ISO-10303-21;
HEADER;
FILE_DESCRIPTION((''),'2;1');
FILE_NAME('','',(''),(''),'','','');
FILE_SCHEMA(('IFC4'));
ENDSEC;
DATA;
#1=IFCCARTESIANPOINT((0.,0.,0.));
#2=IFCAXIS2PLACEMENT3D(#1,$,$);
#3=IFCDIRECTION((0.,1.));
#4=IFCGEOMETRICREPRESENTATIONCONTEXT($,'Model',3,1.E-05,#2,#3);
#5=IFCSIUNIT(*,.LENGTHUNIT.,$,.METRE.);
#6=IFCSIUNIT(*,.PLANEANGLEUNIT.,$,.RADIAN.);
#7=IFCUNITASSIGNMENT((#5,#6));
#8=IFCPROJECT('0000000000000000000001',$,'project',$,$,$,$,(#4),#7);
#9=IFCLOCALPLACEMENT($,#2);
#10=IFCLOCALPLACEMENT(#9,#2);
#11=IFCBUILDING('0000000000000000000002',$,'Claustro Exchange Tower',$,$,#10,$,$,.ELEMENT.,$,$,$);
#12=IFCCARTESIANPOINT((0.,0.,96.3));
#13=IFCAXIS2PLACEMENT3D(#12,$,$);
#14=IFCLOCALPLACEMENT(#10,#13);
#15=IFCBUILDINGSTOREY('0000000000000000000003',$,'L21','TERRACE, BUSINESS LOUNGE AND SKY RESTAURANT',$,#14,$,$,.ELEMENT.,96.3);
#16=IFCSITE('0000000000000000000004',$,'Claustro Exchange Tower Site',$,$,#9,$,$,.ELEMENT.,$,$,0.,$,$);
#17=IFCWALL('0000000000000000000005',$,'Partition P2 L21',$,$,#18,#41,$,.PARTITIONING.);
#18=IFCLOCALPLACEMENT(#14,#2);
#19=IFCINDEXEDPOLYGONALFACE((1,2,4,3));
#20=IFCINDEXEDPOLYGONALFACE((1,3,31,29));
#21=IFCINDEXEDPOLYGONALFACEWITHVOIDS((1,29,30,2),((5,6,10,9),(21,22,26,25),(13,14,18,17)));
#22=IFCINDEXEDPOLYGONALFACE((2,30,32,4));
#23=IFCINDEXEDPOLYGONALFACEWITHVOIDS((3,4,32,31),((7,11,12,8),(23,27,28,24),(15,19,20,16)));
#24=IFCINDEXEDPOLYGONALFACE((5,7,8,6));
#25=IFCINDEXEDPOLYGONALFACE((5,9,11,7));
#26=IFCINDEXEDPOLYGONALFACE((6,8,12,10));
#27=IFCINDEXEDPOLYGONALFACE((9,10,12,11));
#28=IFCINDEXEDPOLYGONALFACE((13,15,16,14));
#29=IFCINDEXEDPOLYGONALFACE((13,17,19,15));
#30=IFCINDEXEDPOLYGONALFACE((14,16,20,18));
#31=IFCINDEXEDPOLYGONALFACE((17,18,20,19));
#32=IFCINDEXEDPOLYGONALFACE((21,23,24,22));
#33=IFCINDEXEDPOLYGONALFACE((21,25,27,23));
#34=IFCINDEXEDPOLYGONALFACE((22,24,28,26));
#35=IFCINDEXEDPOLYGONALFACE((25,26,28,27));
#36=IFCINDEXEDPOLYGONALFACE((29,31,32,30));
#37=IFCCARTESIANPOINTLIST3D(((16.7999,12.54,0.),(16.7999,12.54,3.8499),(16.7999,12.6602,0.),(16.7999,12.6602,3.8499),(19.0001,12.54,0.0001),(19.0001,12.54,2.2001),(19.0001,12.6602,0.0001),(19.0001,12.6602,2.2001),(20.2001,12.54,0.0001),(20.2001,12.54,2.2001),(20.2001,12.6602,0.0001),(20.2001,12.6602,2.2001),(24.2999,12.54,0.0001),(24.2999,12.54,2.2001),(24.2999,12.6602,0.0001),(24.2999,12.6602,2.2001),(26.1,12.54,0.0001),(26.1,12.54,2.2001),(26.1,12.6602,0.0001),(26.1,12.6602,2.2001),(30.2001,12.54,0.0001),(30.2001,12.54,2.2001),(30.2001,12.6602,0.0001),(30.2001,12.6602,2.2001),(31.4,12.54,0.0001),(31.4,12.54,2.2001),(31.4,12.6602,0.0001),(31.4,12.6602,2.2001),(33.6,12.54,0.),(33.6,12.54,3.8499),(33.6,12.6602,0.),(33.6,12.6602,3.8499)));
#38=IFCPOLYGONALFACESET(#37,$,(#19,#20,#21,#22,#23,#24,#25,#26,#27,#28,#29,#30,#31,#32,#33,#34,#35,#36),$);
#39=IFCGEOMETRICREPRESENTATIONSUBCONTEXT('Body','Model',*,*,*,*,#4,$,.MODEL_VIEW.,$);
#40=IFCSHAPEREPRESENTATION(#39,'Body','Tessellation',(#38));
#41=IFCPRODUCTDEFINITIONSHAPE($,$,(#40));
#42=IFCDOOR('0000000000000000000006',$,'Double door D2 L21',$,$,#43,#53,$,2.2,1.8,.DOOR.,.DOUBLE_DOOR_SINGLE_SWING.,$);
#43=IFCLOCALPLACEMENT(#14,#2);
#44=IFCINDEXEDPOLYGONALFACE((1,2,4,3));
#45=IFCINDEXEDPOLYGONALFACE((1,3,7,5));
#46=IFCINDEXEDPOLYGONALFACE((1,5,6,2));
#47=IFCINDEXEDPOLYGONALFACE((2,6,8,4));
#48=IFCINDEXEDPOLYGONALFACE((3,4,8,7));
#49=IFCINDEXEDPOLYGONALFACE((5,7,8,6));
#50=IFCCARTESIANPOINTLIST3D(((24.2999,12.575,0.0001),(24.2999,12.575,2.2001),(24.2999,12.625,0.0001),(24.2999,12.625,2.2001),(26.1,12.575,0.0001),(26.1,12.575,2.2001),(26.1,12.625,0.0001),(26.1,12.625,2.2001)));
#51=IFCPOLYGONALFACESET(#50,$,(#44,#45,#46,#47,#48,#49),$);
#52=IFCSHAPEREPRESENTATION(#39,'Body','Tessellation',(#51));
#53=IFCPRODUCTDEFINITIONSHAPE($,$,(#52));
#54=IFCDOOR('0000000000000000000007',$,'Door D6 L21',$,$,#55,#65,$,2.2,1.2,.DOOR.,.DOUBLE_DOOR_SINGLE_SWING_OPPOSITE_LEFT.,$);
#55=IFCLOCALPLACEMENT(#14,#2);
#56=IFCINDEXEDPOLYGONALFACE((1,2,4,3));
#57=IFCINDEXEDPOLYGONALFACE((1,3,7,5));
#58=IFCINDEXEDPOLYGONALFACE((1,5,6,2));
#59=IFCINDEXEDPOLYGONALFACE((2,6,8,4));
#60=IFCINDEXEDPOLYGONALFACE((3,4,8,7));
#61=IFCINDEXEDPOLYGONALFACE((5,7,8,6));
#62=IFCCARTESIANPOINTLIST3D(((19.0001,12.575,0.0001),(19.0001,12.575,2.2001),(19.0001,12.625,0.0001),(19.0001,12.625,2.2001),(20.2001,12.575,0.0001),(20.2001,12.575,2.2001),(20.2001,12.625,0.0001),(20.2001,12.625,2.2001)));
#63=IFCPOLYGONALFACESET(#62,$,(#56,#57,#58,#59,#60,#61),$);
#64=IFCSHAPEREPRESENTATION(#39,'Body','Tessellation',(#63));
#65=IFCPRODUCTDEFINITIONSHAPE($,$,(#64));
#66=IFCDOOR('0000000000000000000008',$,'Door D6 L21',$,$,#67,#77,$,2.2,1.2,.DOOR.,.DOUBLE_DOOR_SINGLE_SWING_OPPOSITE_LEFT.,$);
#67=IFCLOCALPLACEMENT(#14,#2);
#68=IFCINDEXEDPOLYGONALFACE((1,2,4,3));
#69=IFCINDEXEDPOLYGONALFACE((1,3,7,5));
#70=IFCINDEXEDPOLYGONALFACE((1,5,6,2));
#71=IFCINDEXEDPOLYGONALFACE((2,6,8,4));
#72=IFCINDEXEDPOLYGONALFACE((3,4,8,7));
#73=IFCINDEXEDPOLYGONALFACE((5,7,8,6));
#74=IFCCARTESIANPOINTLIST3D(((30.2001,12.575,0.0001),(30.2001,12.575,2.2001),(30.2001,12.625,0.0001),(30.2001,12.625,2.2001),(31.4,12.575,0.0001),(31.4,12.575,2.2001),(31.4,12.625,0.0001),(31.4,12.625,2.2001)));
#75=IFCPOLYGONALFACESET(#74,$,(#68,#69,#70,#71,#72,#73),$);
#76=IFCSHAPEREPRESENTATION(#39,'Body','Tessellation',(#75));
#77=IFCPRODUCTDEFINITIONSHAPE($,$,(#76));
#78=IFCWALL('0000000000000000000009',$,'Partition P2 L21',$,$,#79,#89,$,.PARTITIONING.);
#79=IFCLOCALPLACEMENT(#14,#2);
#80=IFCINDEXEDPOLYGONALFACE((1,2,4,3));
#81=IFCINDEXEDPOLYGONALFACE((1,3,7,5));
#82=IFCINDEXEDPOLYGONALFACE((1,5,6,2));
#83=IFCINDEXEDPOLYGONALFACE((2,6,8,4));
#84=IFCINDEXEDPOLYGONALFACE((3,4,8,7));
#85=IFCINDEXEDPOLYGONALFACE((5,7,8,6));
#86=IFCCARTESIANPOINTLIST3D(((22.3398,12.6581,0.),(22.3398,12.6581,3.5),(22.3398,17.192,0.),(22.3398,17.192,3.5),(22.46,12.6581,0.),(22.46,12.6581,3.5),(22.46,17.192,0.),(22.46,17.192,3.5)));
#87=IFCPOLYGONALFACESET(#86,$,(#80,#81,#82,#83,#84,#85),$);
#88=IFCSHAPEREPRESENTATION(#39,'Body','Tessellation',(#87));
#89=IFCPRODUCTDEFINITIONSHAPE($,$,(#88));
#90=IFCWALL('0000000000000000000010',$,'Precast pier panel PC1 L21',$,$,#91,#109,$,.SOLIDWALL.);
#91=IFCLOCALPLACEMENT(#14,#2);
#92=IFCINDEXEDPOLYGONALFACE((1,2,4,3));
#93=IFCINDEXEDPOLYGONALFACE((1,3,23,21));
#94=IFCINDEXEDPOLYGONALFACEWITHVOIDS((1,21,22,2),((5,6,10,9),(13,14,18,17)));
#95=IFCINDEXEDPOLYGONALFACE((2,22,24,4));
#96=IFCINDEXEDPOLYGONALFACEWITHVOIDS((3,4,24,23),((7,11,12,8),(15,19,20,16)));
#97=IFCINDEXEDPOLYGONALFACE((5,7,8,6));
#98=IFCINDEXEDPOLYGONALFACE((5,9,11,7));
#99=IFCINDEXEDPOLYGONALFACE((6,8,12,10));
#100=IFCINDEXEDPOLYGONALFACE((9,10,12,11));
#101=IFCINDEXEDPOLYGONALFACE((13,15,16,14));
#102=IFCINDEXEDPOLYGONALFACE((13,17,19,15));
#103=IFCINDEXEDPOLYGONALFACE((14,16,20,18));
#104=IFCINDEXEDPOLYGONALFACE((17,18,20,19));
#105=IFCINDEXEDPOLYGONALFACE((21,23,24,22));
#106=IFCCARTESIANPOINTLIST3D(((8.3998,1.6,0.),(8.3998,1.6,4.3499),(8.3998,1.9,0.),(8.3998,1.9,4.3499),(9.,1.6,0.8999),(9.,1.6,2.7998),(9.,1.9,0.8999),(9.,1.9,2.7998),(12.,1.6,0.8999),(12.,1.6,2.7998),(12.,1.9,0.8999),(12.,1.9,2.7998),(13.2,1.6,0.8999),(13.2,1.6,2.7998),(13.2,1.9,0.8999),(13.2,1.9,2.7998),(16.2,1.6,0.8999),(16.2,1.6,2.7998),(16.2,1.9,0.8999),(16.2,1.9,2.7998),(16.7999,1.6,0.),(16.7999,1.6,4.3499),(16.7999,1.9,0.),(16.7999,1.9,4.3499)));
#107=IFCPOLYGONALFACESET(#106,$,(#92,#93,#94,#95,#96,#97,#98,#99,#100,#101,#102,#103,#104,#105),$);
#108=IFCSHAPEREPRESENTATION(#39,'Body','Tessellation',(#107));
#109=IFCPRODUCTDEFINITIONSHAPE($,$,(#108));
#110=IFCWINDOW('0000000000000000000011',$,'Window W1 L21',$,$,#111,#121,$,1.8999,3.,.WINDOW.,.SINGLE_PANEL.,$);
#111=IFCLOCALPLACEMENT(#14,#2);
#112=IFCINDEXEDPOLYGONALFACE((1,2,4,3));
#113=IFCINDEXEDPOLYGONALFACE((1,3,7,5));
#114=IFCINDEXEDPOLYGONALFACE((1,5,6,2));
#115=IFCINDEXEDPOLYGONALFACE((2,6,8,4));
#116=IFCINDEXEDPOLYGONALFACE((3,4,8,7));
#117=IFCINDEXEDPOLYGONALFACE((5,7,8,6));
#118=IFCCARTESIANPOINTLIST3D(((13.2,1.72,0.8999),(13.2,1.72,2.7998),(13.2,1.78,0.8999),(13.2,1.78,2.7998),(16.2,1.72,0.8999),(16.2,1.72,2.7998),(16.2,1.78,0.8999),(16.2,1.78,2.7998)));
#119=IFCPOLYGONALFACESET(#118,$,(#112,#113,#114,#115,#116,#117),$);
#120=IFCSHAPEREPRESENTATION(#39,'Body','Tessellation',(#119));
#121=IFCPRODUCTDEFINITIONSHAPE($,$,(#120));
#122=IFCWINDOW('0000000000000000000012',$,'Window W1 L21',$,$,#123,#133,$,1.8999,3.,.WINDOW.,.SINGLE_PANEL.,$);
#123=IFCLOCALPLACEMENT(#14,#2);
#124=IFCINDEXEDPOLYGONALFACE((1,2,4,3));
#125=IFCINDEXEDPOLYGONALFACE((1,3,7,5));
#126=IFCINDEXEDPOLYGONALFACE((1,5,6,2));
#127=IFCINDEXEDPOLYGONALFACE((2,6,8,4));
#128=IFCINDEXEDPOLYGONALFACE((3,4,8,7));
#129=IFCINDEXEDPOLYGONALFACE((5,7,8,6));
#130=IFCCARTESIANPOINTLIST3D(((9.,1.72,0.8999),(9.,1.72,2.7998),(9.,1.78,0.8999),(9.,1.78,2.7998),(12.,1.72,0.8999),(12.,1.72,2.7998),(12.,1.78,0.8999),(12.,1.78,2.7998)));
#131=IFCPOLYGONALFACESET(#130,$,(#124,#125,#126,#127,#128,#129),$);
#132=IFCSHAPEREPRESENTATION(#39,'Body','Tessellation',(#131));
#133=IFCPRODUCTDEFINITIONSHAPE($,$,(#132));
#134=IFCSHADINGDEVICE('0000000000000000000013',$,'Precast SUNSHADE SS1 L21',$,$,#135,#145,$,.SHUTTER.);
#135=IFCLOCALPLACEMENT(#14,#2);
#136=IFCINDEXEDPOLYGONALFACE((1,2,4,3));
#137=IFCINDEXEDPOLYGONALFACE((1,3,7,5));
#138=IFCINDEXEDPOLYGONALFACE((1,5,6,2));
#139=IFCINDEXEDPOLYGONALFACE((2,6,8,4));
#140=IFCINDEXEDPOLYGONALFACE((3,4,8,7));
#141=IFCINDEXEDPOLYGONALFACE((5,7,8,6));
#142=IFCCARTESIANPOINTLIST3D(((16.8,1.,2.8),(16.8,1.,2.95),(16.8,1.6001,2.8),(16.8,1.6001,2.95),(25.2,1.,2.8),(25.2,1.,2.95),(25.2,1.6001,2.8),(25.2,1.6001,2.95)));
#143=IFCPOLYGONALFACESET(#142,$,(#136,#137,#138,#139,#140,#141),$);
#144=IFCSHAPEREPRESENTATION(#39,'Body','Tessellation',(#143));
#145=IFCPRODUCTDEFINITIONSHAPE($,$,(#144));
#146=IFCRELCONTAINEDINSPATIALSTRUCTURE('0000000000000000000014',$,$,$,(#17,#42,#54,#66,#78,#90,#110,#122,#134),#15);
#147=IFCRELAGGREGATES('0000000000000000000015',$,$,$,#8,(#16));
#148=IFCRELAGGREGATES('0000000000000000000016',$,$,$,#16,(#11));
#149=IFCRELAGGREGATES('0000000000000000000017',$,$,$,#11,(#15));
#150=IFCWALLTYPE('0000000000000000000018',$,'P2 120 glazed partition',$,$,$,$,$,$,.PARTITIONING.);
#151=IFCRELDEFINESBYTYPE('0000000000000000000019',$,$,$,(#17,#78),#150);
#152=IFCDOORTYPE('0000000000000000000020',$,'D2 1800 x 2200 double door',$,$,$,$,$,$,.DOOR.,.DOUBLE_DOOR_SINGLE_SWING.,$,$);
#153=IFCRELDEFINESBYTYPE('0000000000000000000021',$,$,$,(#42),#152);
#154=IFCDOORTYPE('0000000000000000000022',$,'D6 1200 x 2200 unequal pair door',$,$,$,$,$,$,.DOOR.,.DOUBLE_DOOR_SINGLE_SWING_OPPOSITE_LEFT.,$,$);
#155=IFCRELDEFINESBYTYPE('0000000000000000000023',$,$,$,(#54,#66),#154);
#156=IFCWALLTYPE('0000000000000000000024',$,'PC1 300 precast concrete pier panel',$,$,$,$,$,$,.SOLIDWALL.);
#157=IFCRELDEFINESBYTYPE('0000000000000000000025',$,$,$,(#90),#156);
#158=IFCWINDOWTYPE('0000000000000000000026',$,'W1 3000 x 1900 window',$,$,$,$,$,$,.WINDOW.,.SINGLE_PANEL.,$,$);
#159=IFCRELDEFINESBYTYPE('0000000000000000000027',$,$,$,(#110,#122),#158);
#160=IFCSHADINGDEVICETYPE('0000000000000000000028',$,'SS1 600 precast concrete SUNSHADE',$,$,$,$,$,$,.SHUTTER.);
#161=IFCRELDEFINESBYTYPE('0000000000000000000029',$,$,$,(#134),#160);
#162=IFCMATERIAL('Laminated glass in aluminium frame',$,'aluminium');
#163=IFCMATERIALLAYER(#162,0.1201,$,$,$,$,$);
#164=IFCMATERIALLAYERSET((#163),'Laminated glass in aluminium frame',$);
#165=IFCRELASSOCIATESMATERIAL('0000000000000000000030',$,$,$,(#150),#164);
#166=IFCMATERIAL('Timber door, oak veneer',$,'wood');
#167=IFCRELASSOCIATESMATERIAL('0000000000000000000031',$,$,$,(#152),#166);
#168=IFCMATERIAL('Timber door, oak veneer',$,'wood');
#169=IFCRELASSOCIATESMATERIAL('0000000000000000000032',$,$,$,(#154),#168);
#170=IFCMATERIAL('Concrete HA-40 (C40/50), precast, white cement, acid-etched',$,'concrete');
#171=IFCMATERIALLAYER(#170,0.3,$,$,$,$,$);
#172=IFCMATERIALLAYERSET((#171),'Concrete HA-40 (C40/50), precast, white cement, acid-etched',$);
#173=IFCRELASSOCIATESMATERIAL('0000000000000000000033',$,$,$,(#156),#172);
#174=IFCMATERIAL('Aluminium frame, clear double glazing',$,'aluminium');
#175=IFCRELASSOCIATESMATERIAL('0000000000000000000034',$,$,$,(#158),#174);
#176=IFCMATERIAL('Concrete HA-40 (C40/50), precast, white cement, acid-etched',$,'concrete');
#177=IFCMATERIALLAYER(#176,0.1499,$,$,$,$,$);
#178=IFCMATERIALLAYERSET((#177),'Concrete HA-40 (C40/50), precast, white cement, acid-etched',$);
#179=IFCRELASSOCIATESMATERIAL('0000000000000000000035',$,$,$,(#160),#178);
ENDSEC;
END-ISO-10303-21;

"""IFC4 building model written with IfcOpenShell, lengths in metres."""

from ifc_helpers import new_model, si_unit, direction, frame, frame_2d, origin, origin_2d, place, context, subcontext, project, spatial, rectangle, extrude, material, layer, layer_set, type_object, element, fill, save


model = new_model("IFC4")

# Units and contexts
model_context = context("Model", 3, precision=1e-05, world=origin(), true_north=direction((0.0, 1.0)))
body_context = subcontext(model_context, "Body", "Model", "MODEL_VIEW")
ifc_project = project(units=[si_unit("LENGTHUNIT", "METRE"), si_unit("PLANEANGLEUNIT", "RADIAN")], contexts=[model_context])

# Site, building, storey
site_placement = place(None, origin())
site = spatial("IfcSite", under=ifc_project, at=site_placement, Name="Claustro Exchange Tower Site", CompositionType="ELEMENT", RefElevation=0.0)
building_placement = place(site_placement, origin())
building = spatial("IfcBuilding", under=site, at=building_placement, Name="Claustro Exchange Tower", CompositionType="ELEMENT")
storey_placement = place(building_placement, frame((0.0, 0.0, 96.3)))
storey = spatial("IfcBuildingStorey", under=building, at=storey_placement, Name="L21", Description="TERRACE, BUSINESS LOUNGE AND SKY RESTAURANT", CompositionType="ELEMENT", Elevation=96.3)

# Shared definitions
ifc_material_1 = material(Name="Laminated glass in aluminium frame", Category="aluminium")
ifc_layer_1 = layer(ifc_material_1, 0.1201)
ifc_layer_set_1 = layer_set([ifc_layer_1], Name="Laminated glass in aluminium frame")
wall_type_1 = type_object("IfcWallType", Name="P2 120 glazed partition", PredefinedType="PARTITIONING", material=ifc_layer_set_1)

# Wall, openings, doors
wall_1_placement = place(storey_placement, frame((16.8, 12.6001, 0.0), z_axis=(0.0, 0.0, 1.0), x_axis=(1.0, 0.0, 0.0)))
wall_1 = element("IfcWall", 1, at=wall_1_placement, inside=storey, type_object=wall_type_1, Name="Partition P2 L21", PredefinedType="PARTITIONING", context=body_context, shape_type="SweptSolid", body=[
    extrude(rectangle(XDim=16.8, YDim=0.1201, at=frame_2d((8.3999, 0.0))), origin(), (0.0, 0.0, 1.0), 3.8499),
])
opening_1_placement = place(wall_1_placement, frame((2.2, 0.0, 0.0)))
opening_1 = element("IfcOpeningElement", 2, at=opening_1_placement, cuts=wall_1, PredefinedType="OPENING", context=body_context, shape_type="SweptSolid", body=[
    extrude(rectangle(XDim=1.2, YDim=2.2, at=frame_2d((0.6001, 1.1001))), frame((0.0, 0.0701, 0.0), z_axis=(0.0, -1.0, 0.0), x_axis=(1.0, 0.0, 0.0)), (0.0, 0.0, 1.0), 0.1401),
])
opening_2_placement = place(wall_1_placement, frame((7.5, 0.0, 0.0)))
opening_2 = element("IfcOpeningElement", 3, at=opening_2_placement, cuts=wall_1, PredefinedType="OPENING", context=body_context, shape_type="SweptSolid", body=[
    extrude(rectangle(XDim=1.8, YDim=2.2, at=frame_2d((0.8999, 1.1001))), frame((0.0, 0.0701, 0.0), z_axis=(0.0, -1.0, 0.0), x_axis=(1.0, 0.0, 0.0)), (0.0, 0.0, 1.0), 0.1401),
])
opening_3_placement = place(wall_1_placement, frame((13.3999, 0.0, 0.0)))
opening_3 = element("IfcOpeningElement", 4, at=opening_3_placement, cuts=wall_1, PredefinedType="OPENING", context=body_context, shape_type="SweptSolid", body=[
    extrude(rectangle(XDim=1.2, YDim=2.2, at=frame_2d((0.6001, 1.1001))), frame((0.0, 0.0701, 0.0), z_axis=(0.0, -1.0, 0.0), x_axis=(1.0, 0.0, 0.0)), (0.0, 0.0, 1.0), 0.1401),
])
ifc_material_2 = material(Name="Timber door, oak veneer", Category="wood")
door_type_1 = type_object("IfcDoorType", Name="D2 1800 x 2200 double door", OperationType="DOUBLE_DOOR_SINGLE_SWING", PredefinedType="DOOR", material=ifc_material_2)
door_1_placement = place(opening_2_placement, origin())
door_1 = element("IfcDoor", 5, at=door_1_placement, inside=storey, type_object=door_type_1, Name="Double door D2 L21", OperationType="DOUBLE_DOOR_SINGLE_SWING", OverallHeight=2.2, OverallWidth=1.8, PredefinedType="DOOR", context=body_context, shape_type="SweptSolid", body=[
    extrude(rectangle(XDim=1.8, YDim=2.2, at=frame_2d((0.8999, 1.1001))), frame((0.0, 0.0249, 0.0), z_axis=(0.0, -1.0, 0.0), x_axis=(1.0, 0.0, 0.0)), (0.0, 0.0, 1.0), 0.05),
])
fill(opening_2, door_1)
ifc_material_3 = material(Name="Timber door, oak veneer", Category="wood")
door_type_2 = type_object("IfcDoorType", Name="D6 1200 x 2200 unequal pair door", OperationType="DOUBLE_DOOR_SINGLE_SWING_OPPOSITE_LEFT", PredefinedType="DOOR", material=ifc_material_3)
door_2_placement = place(opening_1_placement, origin())
door_2 = element("IfcDoor", 6, at=door_2_placement, inside=storey, type_object=door_type_2, Name="Door D6 L21", OperationType="DOUBLE_DOOR_SINGLE_SWING_OPPOSITE_LEFT", OverallHeight=2.2, OverallWidth=1.2, PredefinedType="DOOR", context=body_context, shape_type="SweptSolid", body=[
    extrude(rectangle(XDim=1.2, YDim=2.2, at=frame_2d((0.6001, 1.1001))), frame((0.0, 0.0249, 0.0), z_axis=(0.0, -1.0, 0.0), x_axis=(1.0, 0.0, 0.0)), (0.0, 0.0, 1.0), 0.05),
])
fill(opening_1, door_2)
door_3_placement = place(opening_3_placement, origin())
door_3 = element("IfcDoor", 7, at=door_3_placement, inside=storey, type_object=door_type_2, Name="Door D6 L21", OperationType="DOUBLE_DOOR_SINGLE_SWING_OPPOSITE_LEFT", OverallHeight=2.2, OverallWidth=1.2, PredefinedType="DOOR", context=body_context, shape_type="SweptSolid", body=[
    extrude(rectangle(XDim=1.2, YDim=2.2, at=frame_2d((0.6001, 1.1001))), frame((0.0, 0.0249, 0.0), z_axis=(0.0, -1.0, 0.0), x_axis=(1.0, 0.0, 0.0)), (0.0, 0.0, 1.0), 0.05),
])
fill(opening_3, door_3)

# Wall
wall_2_placement = place(storey_placement, frame((22.3999, 12.658, 0.0), z_axis=(0.0, 0.0, 1.0), x_axis=(0.0, 1.0, 0.0)))
element("IfcWall", 8, at=wall_2_placement, inside=storey, type_object=wall_type_1, Name="Partition P2 L21", PredefinedType="PARTITIONING", context=body_context, shape_type="SweptSolid", body=[
    extrude(rectangle(XDim=4.5339, YDim=0.1201, at=frame_2d((2.2671, 0.0))), origin(), (0.0, 0.0, 1.0), 3.5),
])

# Wall, openings, windows
ifc_material_4 = material(Name="Concrete HA-40 (C40/50), precast, white cement, acid-etched", Category="concrete")
ifc_layer_2 = layer(ifc_material_4, 0.3)
ifc_layer_set_2 = layer_set([ifc_layer_2], Name="Concrete HA-40 (C40/50), precast, white cement, acid-etched")
wall_type_2 = type_object("IfcWallType", Name="PC1 300 precast concrete pier panel", PredefinedType="SOLIDWALL", material=ifc_layer_set_2)
wall_3_placement = place(storey_placement, frame((16.8, 1.75, 0.0), z_axis=(0.0, 0.0, 1.0), x_axis=(-1.0, 0.0, 0.0)))
wall_3 = element("IfcWall", 9, at=wall_3_placement, inside=storey, type_object=wall_type_2, Name="Precast pier panel PC1 L21", PredefinedType="SOLIDWALL", context=body_context, shape_type="SweptSolid", body=[
    extrude(rectangle(XDim=8.4001, YDim=0.3, at=frame_2d((4.2002, 0.0))), origin(), (0.0, 0.0, 1.0), 4.3499),
])
opening_4_placement = place(wall_3_placement, frame((0.6001, 0.0, 0.8999)))
opening_4 = element("IfcOpeningElement", 10, at=opening_4_placement, cuts=wall_3, PredefinedType="OPENING", context=body_context, shape_type="SweptSolid", body=[
    extrude(rectangle(XDim=3.0, YDim=1.8999, at=frame_2d((1.5, 0.95))), frame((0.0, 0.1599, 0.0), z_axis=(0.0, -1.0, 0.0), x_axis=(1.0, 0.0, 0.0)), (0.0, 0.0, 1.0), 0.3201),
])
opening_5_placement = place(wall_3_placement, frame((4.8, 0.0, 0.8999)))
opening_5 = element("IfcOpeningElement", 11, at=opening_5_placement, cuts=wall_3, PredefinedType="OPENING", context=body_context, shape_type="SweptSolid", body=[
    extrude(rectangle(XDim=3.0, YDim=1.8999, at=frame_2d((1.5, 0.95))), frame((0.0, 0.1599, 0.0), z_axis=(0.0, -1.0, 0.0), x_axis=(1.0, 0.0, 0.0)), (0.0, 0.0, 1.0), 0.3201),
])
ifc_material_5 = material(Name="Aluminium frame, clear double glazing", Category="aluminium")
window_type = type_object("IfcWindowType", Name="W1 3000 x 1900 window", PartitioningType="SINGLE_PANEL", PredefinedType="WINDOW", material=ifc_material_5)
window_1_placement = place(opening_4_placement, origin())
window_1 = element("IfcWindow", 12, at=window_1_placement, inside=storey, type_object=window_type, Name="Window W1 L21", OverallHeight=1.8999, OverallWidth=3.0, PartitioningType="SINGLE_PANEL", PredefinedType="WINDOW", context=body_context, shape_type="SweptSolid", body=[
    extrude(rectangle(XDim=3.0, YDim=1.8999, at=frame_2d((1.5, 0.95))), frame((0.0, 0.03, 0.0), z_axis=(0.0, -1.0, 0.0), x_axis=(1.0, 0.0, 0.0)), (0.0, 0.0, 1.0), 0.0601),
])
fill(opening_4, window_1)
window_2_placement = place(opening_5_placement, origin())
window_2 = element("IfcWindow", 13, at=window_2_placement, inside=storey, type_object=window_type, Name="Window W1 L21", OverallHeight=1.8999, OverallWidth=3.0, PartitioningType="SINGLE_PANEL", PredefinedType="WINDOW", context=body_context, shape_type="SweptSolid", body=[
    extrude(rectangle(XDim=3.0, YDim=1.8999, at=frame_2d((1.5, 0.95))), frame((0.0, 0.03, 0.0), z_axis=(0.0, -1.0, 0.0), x_axis=(1.0, 0.0, 0.0)), (0.0, 0.0, 1.0), 0.0601),
])
fill(opening_5, window_2)

# Shading device
ifc_material_6 = material(Name="Concrete HA-40 (C40/50), precast, white cement, acid-etched", Category="concrete")
ifc_layer_3 = layer(ifc_material_6, 0.1499)
ifc_layer_set_3 = layer_set([ifc_layer_3], Name="Concrete HA-40 (C40/50), precast, white cement, acid-etched")
shading_device_type = type_object("IfcShadingDeviceType", Name="SS1 600 precast concrete SUNSHADE", PredefinedType="SHUTTER", material=ifc_layer_set_3)
shading_device_placement = place(storey_placement, frame((21.0, 1.3, 2.8), z_axis=(0.0, 0.0, 1.0), x_axis=(-1.0, 0.0, 0.0)))
element("IfcShadingDevice", 14, at=shading_device_placement, inside=storey, type_object=shading_device_type, Name="Precast SUNSHADE SS1 L21", PredefinedType="SHUTTER", context=body_context, shape_type="SweptSolid", body=[
    extrude(rectangle(XDim=8.3999, YDim=0.6001, at=origin_2d()), origin(), (0.0, 0.0, 1.0), 0.1499),
])

save(model, "model.ifc")
